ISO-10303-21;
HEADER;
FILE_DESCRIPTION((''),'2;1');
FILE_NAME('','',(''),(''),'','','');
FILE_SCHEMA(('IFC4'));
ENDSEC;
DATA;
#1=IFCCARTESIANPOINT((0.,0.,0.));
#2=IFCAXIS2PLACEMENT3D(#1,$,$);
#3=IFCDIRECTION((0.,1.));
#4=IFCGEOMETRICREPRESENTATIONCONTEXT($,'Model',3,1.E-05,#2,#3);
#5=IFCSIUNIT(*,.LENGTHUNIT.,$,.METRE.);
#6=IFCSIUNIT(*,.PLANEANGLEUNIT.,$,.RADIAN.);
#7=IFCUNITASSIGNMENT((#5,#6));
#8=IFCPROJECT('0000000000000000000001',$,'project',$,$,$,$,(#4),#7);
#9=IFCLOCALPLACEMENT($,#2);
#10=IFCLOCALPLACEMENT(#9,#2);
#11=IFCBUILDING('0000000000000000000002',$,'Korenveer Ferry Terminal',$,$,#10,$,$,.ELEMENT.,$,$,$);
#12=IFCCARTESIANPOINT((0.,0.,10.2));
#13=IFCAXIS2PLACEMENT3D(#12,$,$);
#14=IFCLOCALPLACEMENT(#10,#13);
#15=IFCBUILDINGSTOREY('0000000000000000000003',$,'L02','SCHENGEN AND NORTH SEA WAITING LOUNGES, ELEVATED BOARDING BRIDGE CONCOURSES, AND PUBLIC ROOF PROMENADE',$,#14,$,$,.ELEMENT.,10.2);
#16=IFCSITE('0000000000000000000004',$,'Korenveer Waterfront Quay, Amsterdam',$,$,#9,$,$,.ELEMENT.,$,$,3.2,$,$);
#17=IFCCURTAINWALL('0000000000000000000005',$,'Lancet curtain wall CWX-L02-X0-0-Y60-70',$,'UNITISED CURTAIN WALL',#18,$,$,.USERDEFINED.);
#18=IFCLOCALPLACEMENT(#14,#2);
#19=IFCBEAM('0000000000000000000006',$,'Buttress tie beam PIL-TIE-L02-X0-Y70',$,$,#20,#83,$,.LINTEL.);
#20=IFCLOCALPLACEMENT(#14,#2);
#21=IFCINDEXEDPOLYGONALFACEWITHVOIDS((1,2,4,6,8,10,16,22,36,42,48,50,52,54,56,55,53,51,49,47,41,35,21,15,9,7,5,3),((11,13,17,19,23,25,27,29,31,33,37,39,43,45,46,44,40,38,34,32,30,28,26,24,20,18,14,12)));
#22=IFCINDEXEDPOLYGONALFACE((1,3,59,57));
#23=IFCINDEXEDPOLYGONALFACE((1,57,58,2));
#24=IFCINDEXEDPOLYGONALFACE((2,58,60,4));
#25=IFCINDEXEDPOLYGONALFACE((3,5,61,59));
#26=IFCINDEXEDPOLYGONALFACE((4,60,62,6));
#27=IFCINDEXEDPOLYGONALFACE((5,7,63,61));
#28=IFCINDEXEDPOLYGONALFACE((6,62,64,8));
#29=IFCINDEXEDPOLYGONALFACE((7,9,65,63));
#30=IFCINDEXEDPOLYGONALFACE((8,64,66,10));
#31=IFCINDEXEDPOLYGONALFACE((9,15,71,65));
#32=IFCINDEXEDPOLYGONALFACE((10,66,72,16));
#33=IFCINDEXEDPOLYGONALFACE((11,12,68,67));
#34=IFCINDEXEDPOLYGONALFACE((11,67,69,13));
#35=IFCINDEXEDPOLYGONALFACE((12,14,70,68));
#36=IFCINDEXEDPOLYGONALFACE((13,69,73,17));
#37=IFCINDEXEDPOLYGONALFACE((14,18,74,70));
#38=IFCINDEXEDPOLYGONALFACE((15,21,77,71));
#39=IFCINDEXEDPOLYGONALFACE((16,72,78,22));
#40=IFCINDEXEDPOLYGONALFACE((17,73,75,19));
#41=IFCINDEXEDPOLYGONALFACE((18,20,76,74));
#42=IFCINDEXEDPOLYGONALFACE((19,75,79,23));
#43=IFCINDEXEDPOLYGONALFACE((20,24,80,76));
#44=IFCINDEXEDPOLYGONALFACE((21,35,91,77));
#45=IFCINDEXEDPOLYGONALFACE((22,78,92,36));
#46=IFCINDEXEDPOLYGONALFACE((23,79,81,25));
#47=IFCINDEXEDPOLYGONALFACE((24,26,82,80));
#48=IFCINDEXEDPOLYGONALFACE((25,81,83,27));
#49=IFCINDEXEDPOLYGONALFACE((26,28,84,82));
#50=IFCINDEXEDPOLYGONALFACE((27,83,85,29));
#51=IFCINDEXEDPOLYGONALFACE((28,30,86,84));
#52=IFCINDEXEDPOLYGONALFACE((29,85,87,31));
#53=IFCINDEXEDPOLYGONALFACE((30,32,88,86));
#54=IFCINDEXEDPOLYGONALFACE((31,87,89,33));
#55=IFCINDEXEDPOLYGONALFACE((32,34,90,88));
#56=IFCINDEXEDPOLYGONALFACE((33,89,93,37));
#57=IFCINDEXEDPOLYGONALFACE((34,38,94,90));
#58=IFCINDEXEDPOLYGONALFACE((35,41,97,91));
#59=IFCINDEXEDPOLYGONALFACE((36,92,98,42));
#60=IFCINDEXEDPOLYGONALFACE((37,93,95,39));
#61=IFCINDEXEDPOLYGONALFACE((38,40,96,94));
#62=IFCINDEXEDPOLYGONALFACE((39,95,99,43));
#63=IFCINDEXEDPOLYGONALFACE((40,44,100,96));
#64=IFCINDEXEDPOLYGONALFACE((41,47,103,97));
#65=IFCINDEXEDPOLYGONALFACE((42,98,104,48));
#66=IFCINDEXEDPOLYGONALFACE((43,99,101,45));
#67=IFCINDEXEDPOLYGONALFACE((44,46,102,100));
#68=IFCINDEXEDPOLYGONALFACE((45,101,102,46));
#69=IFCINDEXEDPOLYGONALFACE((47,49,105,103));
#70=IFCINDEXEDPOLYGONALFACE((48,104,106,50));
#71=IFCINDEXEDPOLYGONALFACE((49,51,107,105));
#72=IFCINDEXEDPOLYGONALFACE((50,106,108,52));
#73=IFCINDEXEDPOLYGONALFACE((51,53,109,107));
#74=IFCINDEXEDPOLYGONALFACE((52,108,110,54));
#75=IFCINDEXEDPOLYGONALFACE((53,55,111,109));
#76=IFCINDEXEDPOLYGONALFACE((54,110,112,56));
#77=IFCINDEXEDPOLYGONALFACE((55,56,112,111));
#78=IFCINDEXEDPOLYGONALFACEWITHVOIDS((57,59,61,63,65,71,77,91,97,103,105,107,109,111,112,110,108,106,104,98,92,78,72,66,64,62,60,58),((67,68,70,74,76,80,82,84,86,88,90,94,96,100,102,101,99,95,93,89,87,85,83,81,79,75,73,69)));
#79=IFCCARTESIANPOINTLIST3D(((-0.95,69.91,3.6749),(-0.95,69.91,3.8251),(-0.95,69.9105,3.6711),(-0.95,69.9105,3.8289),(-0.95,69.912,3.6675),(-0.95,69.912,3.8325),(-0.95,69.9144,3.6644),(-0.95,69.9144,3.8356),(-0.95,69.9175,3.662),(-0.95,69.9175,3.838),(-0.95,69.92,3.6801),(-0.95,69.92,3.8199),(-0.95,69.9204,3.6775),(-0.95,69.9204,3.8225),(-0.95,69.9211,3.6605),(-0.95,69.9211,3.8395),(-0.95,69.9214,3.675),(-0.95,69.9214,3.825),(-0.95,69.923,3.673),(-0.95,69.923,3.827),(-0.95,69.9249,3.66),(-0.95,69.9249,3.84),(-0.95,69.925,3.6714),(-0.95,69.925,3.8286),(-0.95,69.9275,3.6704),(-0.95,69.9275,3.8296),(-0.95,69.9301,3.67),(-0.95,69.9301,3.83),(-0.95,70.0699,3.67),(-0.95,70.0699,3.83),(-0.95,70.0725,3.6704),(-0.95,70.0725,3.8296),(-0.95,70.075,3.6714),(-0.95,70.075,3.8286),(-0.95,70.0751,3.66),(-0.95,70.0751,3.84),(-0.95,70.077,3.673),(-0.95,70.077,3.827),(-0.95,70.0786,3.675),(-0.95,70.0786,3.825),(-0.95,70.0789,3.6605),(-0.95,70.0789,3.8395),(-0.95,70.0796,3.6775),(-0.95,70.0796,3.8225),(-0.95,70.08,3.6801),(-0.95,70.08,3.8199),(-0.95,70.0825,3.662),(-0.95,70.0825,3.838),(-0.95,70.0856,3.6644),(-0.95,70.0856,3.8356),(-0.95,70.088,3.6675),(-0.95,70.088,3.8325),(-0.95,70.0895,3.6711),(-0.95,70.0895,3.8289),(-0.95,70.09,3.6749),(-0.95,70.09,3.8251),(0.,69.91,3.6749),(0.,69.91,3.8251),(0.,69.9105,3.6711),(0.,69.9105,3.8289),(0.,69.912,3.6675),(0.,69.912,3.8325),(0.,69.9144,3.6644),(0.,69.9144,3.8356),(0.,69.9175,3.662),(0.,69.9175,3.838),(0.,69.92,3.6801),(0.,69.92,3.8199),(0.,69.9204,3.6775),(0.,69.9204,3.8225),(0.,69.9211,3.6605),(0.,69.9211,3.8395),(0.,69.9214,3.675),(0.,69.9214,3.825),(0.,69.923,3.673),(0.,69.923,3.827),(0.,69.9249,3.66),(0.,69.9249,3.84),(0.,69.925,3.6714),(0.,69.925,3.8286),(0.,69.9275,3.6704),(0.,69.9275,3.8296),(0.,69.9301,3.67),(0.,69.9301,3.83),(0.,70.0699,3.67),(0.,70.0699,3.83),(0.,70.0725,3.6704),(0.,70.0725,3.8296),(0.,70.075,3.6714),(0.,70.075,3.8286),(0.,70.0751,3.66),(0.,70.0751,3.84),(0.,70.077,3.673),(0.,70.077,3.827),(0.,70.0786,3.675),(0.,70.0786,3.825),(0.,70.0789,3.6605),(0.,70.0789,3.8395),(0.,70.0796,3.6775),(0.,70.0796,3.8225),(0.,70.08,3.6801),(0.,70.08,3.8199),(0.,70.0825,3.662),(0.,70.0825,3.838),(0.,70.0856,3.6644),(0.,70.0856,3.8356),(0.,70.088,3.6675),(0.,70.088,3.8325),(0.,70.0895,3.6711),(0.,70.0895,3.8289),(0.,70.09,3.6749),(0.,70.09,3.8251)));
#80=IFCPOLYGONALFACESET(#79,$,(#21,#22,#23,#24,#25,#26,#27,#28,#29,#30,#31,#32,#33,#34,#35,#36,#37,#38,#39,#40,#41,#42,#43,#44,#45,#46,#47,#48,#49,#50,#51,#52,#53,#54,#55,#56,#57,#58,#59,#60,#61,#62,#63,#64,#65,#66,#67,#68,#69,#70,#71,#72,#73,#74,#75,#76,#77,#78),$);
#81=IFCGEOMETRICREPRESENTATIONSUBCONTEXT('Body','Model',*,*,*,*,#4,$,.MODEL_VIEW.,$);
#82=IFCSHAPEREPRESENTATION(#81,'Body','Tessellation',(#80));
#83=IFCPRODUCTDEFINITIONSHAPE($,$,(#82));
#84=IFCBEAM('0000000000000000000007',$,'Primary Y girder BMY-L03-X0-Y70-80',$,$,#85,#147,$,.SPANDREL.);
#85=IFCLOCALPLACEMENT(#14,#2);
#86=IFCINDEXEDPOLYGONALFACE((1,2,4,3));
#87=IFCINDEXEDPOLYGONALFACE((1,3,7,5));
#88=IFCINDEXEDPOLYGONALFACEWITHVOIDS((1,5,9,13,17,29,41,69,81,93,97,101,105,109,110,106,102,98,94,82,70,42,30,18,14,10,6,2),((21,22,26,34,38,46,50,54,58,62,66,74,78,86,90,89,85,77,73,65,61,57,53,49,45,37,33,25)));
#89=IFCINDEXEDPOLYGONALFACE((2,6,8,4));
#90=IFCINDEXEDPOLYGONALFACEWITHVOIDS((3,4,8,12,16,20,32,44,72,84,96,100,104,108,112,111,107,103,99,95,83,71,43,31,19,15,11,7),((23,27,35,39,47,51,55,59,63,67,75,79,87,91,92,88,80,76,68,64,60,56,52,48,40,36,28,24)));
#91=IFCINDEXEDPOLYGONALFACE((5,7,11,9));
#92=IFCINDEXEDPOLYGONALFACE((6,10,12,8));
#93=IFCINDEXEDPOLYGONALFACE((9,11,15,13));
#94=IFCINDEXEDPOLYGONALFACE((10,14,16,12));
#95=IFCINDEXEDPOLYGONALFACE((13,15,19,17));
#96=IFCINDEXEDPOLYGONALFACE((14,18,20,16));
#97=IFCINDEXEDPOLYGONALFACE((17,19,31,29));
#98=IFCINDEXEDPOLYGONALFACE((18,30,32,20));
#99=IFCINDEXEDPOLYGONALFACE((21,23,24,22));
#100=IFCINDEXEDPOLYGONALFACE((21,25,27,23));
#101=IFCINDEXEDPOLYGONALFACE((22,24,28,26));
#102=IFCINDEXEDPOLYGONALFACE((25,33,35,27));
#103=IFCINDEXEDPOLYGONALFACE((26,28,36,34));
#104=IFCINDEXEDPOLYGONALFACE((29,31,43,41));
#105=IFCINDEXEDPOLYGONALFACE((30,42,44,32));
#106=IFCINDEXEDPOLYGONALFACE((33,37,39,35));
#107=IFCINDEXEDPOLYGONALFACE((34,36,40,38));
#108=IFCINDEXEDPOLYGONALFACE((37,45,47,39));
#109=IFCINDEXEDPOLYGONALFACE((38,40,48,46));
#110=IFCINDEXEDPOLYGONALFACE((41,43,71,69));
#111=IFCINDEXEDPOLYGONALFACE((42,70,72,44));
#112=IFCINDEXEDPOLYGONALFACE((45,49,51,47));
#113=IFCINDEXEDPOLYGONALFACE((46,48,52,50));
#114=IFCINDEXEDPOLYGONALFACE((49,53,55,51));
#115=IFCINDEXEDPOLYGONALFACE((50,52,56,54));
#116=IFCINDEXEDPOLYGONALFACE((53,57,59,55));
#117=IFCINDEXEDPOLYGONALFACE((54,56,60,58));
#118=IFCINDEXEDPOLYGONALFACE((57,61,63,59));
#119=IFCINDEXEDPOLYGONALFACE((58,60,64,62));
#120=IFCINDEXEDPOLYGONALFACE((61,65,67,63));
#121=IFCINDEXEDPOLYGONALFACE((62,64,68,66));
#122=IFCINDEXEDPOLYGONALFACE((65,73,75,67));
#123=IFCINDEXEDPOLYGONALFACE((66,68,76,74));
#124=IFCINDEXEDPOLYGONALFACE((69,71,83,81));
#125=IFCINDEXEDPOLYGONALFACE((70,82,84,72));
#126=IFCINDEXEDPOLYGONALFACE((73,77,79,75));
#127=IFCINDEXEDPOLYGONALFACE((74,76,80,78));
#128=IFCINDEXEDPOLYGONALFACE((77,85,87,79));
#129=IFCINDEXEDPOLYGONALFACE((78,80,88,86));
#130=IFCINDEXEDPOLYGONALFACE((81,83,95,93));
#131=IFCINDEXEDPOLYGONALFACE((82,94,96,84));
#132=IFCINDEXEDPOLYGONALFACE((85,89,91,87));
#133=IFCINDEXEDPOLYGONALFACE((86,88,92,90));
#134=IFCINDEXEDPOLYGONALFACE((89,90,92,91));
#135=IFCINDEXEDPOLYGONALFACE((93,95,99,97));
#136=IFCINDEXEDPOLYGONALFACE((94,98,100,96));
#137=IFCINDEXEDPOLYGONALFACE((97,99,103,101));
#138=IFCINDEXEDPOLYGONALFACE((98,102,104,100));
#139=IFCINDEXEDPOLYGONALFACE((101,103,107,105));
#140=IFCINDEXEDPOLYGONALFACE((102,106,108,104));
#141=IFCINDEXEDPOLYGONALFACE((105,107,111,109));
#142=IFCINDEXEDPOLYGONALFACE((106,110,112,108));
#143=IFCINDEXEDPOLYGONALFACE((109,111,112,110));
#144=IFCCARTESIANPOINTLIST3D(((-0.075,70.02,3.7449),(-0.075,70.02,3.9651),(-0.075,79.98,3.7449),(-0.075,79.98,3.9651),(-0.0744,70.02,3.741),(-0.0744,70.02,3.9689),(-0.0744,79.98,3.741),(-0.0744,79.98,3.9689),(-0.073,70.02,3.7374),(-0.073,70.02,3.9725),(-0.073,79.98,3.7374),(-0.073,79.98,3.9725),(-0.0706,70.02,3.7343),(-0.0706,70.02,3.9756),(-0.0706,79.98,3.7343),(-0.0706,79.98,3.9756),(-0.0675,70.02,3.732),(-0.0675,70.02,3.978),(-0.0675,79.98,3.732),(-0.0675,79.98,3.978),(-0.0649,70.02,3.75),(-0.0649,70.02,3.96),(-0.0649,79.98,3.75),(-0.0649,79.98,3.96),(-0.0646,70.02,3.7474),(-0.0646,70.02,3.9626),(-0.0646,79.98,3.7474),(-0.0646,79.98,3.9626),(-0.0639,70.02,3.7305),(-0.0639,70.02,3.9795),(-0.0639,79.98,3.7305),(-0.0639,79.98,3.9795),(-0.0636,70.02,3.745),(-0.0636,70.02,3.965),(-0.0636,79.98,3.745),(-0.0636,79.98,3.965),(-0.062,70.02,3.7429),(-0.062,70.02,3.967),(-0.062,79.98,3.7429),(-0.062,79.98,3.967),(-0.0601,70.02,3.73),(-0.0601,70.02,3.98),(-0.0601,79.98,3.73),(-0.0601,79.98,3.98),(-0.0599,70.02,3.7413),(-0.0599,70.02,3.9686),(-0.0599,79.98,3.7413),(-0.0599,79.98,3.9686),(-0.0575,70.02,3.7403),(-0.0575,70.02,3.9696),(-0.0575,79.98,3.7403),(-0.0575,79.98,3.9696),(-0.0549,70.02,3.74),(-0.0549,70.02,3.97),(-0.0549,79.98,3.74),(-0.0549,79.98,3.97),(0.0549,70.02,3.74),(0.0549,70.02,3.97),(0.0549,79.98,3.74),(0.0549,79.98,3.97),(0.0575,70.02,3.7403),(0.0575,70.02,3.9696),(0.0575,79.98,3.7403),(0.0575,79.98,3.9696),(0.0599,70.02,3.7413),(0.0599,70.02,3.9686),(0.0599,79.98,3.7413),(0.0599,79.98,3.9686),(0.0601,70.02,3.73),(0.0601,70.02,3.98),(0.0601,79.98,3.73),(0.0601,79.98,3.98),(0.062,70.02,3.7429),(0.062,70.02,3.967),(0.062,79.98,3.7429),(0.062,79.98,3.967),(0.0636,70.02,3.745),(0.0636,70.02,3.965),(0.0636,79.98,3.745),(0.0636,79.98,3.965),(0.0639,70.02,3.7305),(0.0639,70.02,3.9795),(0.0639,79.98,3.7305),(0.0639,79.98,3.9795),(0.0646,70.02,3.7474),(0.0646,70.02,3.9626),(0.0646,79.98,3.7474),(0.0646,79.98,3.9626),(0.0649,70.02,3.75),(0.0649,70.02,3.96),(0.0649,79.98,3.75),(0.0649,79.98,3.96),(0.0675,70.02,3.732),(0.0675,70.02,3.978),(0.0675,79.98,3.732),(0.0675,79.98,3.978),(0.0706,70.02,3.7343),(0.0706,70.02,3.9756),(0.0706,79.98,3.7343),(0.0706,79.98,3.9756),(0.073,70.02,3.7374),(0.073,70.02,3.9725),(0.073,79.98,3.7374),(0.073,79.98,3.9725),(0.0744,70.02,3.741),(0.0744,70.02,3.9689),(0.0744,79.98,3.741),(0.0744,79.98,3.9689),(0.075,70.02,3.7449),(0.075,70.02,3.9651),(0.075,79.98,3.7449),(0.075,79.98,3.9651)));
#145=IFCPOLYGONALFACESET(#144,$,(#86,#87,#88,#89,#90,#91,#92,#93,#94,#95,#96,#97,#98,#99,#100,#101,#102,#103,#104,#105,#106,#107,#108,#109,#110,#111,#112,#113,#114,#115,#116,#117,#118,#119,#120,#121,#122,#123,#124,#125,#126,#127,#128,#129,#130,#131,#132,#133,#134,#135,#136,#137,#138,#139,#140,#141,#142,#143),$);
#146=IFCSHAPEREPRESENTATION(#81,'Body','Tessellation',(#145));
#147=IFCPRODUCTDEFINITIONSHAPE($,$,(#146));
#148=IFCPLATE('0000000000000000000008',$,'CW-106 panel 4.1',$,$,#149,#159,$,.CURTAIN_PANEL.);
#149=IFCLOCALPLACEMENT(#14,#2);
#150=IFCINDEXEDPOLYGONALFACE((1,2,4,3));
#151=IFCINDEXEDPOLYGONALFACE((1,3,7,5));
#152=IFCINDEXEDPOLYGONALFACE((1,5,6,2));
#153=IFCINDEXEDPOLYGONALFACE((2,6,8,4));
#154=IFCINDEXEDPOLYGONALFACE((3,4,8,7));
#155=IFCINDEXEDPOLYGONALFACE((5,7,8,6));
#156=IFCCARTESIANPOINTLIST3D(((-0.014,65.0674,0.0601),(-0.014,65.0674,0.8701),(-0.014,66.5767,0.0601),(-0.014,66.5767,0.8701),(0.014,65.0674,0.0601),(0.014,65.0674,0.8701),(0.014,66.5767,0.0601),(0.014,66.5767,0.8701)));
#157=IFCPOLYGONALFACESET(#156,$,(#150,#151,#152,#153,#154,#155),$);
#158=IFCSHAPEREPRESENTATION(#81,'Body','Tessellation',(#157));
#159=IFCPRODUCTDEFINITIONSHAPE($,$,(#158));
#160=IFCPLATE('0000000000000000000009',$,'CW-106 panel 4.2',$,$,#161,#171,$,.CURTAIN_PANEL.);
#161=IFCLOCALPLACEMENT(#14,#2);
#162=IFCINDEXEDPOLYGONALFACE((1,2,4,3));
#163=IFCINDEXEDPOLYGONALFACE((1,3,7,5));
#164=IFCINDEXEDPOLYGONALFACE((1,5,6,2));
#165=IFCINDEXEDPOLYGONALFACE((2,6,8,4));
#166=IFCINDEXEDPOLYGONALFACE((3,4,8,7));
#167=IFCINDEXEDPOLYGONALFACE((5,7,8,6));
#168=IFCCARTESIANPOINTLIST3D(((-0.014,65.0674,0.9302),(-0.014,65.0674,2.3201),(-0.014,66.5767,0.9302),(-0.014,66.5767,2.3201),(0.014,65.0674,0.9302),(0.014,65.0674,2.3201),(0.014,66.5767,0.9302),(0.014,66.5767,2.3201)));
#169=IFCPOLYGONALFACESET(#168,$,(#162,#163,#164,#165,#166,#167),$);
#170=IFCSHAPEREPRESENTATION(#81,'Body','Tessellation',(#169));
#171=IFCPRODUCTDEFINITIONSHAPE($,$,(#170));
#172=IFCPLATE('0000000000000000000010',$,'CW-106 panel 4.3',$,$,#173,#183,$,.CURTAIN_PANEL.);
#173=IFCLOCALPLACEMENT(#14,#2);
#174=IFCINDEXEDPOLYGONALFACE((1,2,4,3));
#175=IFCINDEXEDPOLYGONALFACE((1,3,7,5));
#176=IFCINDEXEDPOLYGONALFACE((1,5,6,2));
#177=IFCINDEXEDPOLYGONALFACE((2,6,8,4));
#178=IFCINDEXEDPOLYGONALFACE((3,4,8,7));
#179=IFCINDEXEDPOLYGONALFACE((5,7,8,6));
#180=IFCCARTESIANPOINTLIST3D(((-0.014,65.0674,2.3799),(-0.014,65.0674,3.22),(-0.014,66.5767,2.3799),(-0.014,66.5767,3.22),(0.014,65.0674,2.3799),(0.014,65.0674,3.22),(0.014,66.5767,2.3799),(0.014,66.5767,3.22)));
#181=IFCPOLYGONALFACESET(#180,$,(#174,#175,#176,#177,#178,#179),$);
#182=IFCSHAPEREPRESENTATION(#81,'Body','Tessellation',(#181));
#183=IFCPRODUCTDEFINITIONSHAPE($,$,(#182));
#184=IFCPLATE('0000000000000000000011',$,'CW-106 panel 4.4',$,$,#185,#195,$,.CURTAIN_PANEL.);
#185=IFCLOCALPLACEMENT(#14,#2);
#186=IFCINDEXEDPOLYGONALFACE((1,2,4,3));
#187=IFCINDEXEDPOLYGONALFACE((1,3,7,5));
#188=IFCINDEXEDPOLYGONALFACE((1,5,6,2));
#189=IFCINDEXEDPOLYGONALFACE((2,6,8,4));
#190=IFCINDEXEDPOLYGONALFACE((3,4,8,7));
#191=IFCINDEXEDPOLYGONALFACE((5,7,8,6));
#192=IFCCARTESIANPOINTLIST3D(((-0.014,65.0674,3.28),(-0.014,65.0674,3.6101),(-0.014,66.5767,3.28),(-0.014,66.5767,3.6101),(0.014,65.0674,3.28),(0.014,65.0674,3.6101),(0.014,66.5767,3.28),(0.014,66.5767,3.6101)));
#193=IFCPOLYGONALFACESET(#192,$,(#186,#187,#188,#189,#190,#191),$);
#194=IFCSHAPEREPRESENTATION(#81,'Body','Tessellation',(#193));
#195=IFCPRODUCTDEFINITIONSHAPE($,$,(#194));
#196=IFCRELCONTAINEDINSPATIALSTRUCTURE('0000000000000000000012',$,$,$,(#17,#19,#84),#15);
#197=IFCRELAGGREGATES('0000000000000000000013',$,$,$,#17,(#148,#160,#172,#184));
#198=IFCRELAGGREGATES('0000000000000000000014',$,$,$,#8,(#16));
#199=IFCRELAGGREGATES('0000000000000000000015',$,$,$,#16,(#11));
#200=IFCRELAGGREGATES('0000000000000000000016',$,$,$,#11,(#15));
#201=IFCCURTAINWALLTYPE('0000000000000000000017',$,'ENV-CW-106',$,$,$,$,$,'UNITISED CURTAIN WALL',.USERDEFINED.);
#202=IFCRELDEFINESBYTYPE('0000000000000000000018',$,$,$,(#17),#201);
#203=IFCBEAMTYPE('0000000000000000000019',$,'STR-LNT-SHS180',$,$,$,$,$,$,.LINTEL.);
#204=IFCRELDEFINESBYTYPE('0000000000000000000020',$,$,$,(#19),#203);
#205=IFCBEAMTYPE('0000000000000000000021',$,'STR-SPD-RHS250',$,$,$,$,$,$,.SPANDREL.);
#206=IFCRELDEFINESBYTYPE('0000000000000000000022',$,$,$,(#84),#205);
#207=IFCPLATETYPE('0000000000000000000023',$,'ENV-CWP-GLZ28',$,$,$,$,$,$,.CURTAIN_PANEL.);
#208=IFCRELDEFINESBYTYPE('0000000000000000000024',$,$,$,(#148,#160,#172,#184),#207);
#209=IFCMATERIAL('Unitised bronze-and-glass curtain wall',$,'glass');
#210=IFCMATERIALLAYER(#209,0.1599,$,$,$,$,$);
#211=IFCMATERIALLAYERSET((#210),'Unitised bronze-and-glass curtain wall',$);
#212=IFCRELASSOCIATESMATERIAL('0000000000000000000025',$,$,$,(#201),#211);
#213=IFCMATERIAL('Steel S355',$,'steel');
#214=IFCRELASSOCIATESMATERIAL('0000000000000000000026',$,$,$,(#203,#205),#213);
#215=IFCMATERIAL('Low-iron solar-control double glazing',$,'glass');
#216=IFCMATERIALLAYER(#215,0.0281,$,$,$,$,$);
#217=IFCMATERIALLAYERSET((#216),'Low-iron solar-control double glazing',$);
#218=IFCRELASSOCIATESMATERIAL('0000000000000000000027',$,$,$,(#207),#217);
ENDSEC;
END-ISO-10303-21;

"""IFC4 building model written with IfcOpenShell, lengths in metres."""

from ifc_helpers import new_model, si_unit, direction, frame, origin, origin_2d, place, context, subcontext, project, spatial, rectangle, hollow_rectangle, extrude, material, layer, layer_set, material_profile, profile_set, type_object, element, aggregate, save


model = new_model("IFC4")

# Units and contexts
model_context = context("Model", 3, precision=1e-05, world=origin(), true_north=direction((0.0, 1.0)))
body_context = subcontext(model_context, "Body", "Model", "MODEL_VIEW")
ifc_project = project(units=[si_unit("LENGTHUNIT", "METRE"), si_unit("PLANEANGLEUNIT", "RADIAN")], contexts=[model_context])

# Site, building, storey
site_placement = place(None, origin())
site = spatial("IfcSite", under=ifc_project, at=site_placement, Name="Korenveer Waterfront Quay, Amsterdam", CompositionType="ELEMENT", RefElevation=3.2)
building_placement = place(site_placement, origin())
building = spatial("IfcBuilding", under=site, at=building_placement, Name="Korenveer Ferry Terminal", CompositionType="ELEMENT")
storey_placement = place(building_placement, frame((0.0, 0.0, 10.2)))
storey = spatial("IfcBuildingStorey", under=building, at=storey_placement, Name="L02", Description="SCHENGEN AND NORTH SEA WAITING LOUNGES, ELEVATED BOARDING BRIDGE CONCOURSES, AND PUBLIC ROOF PROMENADE", CompositionType="ELEMENT", Elevation=10.2)

# Shared definitions
ifc_material_1 = material(Name="Steel S355", Category="steel")

# Curtain wall
ifc_material_2 = material(Name="Unitised bronze-and-glass curtain wall", Category="glass")
ifc_layer_1 = layer(ifc_material_2, 0.1599)
ifc_layer_set_1 = layer_set([ifc_layer_1], Name="Unitised bronze-and-glass curtain wall")
curtain_wall_type = type_object("IfcCurtainWallType", Name="ENV-CW-106", ElementType="UNITISED CURTAIN WALL", PredefinedType="USERDEFINED", material=ifc_layer_set_1)
curtain_wall_placement = place(storey_placement, frame((0.0, 60.3301, 0.0)))
curtain_wall = element("IfcCurtainWall", 1, at=curtain_wall_placement, inside=storey, type_object=curtain_wall_type, Name="Lancet curtain wall CWX-L02-X0-0-Y60-70", ObjectType="UNITISED CURTAIN WALL", PredefinedType="USERDEFINED")

# Beams
ifc_material_profile_1 = material_profile(ifc_material_1, hollow_rectangle(XDim=0.1799, YDim=0.1799, WallThickness=0.01, InnerFilletRadius=0.01, OuterFilletRadius=0.0149, at=origin_2d()), Name="SHS 180x180x10")
ifc_profile_set_1 = profile_set([ifc_material_profile_1], Name="Steel S355")
beam_type_1 = type_object("IfcBeamType", Name="STR-LNT-SHS180", PredefinedType="LINTEL", material=ifc_profile_set_1)
beam_1_placement = place(storey_placement, frame((-0.95, 70.0, 3.75), z_axis=(1.0, 0.0, 0.0), x_axis=(0.0, 1.0, 0.0)))
element("IfcBeam", 2, at=beam_1_placement, inside=storey, type_object=beam_type_1, Name="Buttress tie beam PIL-TIE-L02-X0-Y70", PredefinedType="LINTEL", context=body_context, shape_type="SweptSolid", body=[
    extrude(hollow_rectangle(XDim=0.1799, YDim=0.1799, WallThickness=0.01, InnerFilletRadius=0.01, OuterFilletRadius=0.0149, at=origin_2d()), origin(), (0.0, 0.0, 1.0), 0.95),
])
ifc_material_profile_2 = material_profile(ifc_material_1, hollow_rectangle(XDim=0.1499, YDim=0.25, WallThickness=0.01, InnerFilletRadius=0.01, OuterFilletRadius=0.0149, at=origin_2d()), Name="RHS 250x150x10")
ifc_profile_set_2 = profile_set([ifc_material_profile_2], Name="Steel S355")
beam_type_2 = type_object("IfcBeamType", Name="STR-SPD-RHS250", PredefinedType="SPANDREL", material=ifc_profile_set_2)
beam_2_placement = place(storey_placement, frame((0.0, 70.02, 3.855), z_axis=(0.0, 1.0, 0.0), x_axis=(-1.0, 0.0, 0.0)))
element("IfcBeam", 3, at=beam_2_placement, inside=storey, type_object=beam_type_2, Name="Primary Y girder BMY-L03-X0-Y70-80", PredefinedType="SPANDREL", context=body_context, shape_type="SweptSolid", body=[
    extrude(hollow_rectangle(XDim=0.1499, YDim=0.25, WallThickness=0.01, InnerFilletRadius=0.01, OuterFilletRadius=0.0149, at=origin_2d()), origin(), (0.0, 0.0, 1.0), 9.96),
])

# Plates
ifc_material_3 = material(Name="Low-iron solar-control double glazing", Category="glass")
ifc_layer_2 = layer(ifc_material_3, 0.0281)
ifc_layer_set_2 = layer_set([ifc_layer_2], Name="Low-iron solar-control double glazing")
plate_type_1 = type_object("IfcPlateType", Name="ENV-CWP-GLZ28", PredefinedType="CURTAIN_PANEL", material=ifc_layer_set_2)
plate_1_placement = place(storey_placement, frame((0.0, 65.822, 0.0601), z_axis=(0.0, 0.0, 1.0), x_axis=(0.0, 1.0, 0.0)))
plate_1 = element("IfcPlate", 4, at=plate_1_placement, type_object=plate_type_1, Name="CW-106 panel 4.1", PredefinedType="CURTAIN_PANEL", context=body_context, shape_type="SweptSolid", body=[
    extrude(rectangle(XDim=1.5093, YDim=0.0281, at=origin_2d()), origin(), (0.0, 0.0, 1.0), 0.8101),
])
plate_2_placement = place(storey_placement, frame((0.0, 65.822, 0.9302), z_axis=(0.0, 0.0, 1.0), x_axis=(0.0, 1.0, 0.0)))
plate_2 = element("IfcPlate", 5, at=plate_2_placement, type_object=plate_type_1, Name="CW-106 panel 4.2", PredefinedType="CURTAIN_PANEL", context=body_context, shape_type="SweptSolid", body=[
    extrude(rectangle(XDim=1.5093, YDim=0.0281, at=origin_2d()), origin(), (0.0, 0.0, 1.0), 1.3899),
])
plate_3_placement = place(storey_placement, frame((0.0, 65.822, 2.3799), z_axis=(0.0, 0.0, 1.0), x_axis=(0.0, 1.0, 0.0)))
plate_3 = element("IfcPlate", 6, at=plate_3_placement, type_object=plate_type_1, Name="CW-106 panel 4.3", PredefinedType="CURTAIN_PANEL", context=body_context, shape_type="SweptSolid", body=[
    extrude(rectangle(XDim=1.5093, YDim=0.0281, at=origin_2d()), origin(), (0.0, 0.0, 1.0), 0.8401),
])
plate_4_placement = place(storey_placement, frame((0.0, 65.822, 3.28), z_axis=(0.0, 0.0, 1.0), x_axis=(0.0, 1.0, 0.0)))
plate_4 = element("IfcPlate", 7, at=plate_4_placement, type_object=plate_type_1, Name="CW-106 panel 4.4", PredefinedType="CURTAIN_PANEL", context=body_context, shape_type="SweptSolid", body=[
    extrude(rectangle(XDim=1.5093, YDim=0.0281, at=origin_2d()), origin(), (0.0, 0.0, 1.0), 0.3301),
])
aggregate(curtain_wall, [plate_1, plate_2, plate_3, plate_4])

save(model, "model.ifc")
